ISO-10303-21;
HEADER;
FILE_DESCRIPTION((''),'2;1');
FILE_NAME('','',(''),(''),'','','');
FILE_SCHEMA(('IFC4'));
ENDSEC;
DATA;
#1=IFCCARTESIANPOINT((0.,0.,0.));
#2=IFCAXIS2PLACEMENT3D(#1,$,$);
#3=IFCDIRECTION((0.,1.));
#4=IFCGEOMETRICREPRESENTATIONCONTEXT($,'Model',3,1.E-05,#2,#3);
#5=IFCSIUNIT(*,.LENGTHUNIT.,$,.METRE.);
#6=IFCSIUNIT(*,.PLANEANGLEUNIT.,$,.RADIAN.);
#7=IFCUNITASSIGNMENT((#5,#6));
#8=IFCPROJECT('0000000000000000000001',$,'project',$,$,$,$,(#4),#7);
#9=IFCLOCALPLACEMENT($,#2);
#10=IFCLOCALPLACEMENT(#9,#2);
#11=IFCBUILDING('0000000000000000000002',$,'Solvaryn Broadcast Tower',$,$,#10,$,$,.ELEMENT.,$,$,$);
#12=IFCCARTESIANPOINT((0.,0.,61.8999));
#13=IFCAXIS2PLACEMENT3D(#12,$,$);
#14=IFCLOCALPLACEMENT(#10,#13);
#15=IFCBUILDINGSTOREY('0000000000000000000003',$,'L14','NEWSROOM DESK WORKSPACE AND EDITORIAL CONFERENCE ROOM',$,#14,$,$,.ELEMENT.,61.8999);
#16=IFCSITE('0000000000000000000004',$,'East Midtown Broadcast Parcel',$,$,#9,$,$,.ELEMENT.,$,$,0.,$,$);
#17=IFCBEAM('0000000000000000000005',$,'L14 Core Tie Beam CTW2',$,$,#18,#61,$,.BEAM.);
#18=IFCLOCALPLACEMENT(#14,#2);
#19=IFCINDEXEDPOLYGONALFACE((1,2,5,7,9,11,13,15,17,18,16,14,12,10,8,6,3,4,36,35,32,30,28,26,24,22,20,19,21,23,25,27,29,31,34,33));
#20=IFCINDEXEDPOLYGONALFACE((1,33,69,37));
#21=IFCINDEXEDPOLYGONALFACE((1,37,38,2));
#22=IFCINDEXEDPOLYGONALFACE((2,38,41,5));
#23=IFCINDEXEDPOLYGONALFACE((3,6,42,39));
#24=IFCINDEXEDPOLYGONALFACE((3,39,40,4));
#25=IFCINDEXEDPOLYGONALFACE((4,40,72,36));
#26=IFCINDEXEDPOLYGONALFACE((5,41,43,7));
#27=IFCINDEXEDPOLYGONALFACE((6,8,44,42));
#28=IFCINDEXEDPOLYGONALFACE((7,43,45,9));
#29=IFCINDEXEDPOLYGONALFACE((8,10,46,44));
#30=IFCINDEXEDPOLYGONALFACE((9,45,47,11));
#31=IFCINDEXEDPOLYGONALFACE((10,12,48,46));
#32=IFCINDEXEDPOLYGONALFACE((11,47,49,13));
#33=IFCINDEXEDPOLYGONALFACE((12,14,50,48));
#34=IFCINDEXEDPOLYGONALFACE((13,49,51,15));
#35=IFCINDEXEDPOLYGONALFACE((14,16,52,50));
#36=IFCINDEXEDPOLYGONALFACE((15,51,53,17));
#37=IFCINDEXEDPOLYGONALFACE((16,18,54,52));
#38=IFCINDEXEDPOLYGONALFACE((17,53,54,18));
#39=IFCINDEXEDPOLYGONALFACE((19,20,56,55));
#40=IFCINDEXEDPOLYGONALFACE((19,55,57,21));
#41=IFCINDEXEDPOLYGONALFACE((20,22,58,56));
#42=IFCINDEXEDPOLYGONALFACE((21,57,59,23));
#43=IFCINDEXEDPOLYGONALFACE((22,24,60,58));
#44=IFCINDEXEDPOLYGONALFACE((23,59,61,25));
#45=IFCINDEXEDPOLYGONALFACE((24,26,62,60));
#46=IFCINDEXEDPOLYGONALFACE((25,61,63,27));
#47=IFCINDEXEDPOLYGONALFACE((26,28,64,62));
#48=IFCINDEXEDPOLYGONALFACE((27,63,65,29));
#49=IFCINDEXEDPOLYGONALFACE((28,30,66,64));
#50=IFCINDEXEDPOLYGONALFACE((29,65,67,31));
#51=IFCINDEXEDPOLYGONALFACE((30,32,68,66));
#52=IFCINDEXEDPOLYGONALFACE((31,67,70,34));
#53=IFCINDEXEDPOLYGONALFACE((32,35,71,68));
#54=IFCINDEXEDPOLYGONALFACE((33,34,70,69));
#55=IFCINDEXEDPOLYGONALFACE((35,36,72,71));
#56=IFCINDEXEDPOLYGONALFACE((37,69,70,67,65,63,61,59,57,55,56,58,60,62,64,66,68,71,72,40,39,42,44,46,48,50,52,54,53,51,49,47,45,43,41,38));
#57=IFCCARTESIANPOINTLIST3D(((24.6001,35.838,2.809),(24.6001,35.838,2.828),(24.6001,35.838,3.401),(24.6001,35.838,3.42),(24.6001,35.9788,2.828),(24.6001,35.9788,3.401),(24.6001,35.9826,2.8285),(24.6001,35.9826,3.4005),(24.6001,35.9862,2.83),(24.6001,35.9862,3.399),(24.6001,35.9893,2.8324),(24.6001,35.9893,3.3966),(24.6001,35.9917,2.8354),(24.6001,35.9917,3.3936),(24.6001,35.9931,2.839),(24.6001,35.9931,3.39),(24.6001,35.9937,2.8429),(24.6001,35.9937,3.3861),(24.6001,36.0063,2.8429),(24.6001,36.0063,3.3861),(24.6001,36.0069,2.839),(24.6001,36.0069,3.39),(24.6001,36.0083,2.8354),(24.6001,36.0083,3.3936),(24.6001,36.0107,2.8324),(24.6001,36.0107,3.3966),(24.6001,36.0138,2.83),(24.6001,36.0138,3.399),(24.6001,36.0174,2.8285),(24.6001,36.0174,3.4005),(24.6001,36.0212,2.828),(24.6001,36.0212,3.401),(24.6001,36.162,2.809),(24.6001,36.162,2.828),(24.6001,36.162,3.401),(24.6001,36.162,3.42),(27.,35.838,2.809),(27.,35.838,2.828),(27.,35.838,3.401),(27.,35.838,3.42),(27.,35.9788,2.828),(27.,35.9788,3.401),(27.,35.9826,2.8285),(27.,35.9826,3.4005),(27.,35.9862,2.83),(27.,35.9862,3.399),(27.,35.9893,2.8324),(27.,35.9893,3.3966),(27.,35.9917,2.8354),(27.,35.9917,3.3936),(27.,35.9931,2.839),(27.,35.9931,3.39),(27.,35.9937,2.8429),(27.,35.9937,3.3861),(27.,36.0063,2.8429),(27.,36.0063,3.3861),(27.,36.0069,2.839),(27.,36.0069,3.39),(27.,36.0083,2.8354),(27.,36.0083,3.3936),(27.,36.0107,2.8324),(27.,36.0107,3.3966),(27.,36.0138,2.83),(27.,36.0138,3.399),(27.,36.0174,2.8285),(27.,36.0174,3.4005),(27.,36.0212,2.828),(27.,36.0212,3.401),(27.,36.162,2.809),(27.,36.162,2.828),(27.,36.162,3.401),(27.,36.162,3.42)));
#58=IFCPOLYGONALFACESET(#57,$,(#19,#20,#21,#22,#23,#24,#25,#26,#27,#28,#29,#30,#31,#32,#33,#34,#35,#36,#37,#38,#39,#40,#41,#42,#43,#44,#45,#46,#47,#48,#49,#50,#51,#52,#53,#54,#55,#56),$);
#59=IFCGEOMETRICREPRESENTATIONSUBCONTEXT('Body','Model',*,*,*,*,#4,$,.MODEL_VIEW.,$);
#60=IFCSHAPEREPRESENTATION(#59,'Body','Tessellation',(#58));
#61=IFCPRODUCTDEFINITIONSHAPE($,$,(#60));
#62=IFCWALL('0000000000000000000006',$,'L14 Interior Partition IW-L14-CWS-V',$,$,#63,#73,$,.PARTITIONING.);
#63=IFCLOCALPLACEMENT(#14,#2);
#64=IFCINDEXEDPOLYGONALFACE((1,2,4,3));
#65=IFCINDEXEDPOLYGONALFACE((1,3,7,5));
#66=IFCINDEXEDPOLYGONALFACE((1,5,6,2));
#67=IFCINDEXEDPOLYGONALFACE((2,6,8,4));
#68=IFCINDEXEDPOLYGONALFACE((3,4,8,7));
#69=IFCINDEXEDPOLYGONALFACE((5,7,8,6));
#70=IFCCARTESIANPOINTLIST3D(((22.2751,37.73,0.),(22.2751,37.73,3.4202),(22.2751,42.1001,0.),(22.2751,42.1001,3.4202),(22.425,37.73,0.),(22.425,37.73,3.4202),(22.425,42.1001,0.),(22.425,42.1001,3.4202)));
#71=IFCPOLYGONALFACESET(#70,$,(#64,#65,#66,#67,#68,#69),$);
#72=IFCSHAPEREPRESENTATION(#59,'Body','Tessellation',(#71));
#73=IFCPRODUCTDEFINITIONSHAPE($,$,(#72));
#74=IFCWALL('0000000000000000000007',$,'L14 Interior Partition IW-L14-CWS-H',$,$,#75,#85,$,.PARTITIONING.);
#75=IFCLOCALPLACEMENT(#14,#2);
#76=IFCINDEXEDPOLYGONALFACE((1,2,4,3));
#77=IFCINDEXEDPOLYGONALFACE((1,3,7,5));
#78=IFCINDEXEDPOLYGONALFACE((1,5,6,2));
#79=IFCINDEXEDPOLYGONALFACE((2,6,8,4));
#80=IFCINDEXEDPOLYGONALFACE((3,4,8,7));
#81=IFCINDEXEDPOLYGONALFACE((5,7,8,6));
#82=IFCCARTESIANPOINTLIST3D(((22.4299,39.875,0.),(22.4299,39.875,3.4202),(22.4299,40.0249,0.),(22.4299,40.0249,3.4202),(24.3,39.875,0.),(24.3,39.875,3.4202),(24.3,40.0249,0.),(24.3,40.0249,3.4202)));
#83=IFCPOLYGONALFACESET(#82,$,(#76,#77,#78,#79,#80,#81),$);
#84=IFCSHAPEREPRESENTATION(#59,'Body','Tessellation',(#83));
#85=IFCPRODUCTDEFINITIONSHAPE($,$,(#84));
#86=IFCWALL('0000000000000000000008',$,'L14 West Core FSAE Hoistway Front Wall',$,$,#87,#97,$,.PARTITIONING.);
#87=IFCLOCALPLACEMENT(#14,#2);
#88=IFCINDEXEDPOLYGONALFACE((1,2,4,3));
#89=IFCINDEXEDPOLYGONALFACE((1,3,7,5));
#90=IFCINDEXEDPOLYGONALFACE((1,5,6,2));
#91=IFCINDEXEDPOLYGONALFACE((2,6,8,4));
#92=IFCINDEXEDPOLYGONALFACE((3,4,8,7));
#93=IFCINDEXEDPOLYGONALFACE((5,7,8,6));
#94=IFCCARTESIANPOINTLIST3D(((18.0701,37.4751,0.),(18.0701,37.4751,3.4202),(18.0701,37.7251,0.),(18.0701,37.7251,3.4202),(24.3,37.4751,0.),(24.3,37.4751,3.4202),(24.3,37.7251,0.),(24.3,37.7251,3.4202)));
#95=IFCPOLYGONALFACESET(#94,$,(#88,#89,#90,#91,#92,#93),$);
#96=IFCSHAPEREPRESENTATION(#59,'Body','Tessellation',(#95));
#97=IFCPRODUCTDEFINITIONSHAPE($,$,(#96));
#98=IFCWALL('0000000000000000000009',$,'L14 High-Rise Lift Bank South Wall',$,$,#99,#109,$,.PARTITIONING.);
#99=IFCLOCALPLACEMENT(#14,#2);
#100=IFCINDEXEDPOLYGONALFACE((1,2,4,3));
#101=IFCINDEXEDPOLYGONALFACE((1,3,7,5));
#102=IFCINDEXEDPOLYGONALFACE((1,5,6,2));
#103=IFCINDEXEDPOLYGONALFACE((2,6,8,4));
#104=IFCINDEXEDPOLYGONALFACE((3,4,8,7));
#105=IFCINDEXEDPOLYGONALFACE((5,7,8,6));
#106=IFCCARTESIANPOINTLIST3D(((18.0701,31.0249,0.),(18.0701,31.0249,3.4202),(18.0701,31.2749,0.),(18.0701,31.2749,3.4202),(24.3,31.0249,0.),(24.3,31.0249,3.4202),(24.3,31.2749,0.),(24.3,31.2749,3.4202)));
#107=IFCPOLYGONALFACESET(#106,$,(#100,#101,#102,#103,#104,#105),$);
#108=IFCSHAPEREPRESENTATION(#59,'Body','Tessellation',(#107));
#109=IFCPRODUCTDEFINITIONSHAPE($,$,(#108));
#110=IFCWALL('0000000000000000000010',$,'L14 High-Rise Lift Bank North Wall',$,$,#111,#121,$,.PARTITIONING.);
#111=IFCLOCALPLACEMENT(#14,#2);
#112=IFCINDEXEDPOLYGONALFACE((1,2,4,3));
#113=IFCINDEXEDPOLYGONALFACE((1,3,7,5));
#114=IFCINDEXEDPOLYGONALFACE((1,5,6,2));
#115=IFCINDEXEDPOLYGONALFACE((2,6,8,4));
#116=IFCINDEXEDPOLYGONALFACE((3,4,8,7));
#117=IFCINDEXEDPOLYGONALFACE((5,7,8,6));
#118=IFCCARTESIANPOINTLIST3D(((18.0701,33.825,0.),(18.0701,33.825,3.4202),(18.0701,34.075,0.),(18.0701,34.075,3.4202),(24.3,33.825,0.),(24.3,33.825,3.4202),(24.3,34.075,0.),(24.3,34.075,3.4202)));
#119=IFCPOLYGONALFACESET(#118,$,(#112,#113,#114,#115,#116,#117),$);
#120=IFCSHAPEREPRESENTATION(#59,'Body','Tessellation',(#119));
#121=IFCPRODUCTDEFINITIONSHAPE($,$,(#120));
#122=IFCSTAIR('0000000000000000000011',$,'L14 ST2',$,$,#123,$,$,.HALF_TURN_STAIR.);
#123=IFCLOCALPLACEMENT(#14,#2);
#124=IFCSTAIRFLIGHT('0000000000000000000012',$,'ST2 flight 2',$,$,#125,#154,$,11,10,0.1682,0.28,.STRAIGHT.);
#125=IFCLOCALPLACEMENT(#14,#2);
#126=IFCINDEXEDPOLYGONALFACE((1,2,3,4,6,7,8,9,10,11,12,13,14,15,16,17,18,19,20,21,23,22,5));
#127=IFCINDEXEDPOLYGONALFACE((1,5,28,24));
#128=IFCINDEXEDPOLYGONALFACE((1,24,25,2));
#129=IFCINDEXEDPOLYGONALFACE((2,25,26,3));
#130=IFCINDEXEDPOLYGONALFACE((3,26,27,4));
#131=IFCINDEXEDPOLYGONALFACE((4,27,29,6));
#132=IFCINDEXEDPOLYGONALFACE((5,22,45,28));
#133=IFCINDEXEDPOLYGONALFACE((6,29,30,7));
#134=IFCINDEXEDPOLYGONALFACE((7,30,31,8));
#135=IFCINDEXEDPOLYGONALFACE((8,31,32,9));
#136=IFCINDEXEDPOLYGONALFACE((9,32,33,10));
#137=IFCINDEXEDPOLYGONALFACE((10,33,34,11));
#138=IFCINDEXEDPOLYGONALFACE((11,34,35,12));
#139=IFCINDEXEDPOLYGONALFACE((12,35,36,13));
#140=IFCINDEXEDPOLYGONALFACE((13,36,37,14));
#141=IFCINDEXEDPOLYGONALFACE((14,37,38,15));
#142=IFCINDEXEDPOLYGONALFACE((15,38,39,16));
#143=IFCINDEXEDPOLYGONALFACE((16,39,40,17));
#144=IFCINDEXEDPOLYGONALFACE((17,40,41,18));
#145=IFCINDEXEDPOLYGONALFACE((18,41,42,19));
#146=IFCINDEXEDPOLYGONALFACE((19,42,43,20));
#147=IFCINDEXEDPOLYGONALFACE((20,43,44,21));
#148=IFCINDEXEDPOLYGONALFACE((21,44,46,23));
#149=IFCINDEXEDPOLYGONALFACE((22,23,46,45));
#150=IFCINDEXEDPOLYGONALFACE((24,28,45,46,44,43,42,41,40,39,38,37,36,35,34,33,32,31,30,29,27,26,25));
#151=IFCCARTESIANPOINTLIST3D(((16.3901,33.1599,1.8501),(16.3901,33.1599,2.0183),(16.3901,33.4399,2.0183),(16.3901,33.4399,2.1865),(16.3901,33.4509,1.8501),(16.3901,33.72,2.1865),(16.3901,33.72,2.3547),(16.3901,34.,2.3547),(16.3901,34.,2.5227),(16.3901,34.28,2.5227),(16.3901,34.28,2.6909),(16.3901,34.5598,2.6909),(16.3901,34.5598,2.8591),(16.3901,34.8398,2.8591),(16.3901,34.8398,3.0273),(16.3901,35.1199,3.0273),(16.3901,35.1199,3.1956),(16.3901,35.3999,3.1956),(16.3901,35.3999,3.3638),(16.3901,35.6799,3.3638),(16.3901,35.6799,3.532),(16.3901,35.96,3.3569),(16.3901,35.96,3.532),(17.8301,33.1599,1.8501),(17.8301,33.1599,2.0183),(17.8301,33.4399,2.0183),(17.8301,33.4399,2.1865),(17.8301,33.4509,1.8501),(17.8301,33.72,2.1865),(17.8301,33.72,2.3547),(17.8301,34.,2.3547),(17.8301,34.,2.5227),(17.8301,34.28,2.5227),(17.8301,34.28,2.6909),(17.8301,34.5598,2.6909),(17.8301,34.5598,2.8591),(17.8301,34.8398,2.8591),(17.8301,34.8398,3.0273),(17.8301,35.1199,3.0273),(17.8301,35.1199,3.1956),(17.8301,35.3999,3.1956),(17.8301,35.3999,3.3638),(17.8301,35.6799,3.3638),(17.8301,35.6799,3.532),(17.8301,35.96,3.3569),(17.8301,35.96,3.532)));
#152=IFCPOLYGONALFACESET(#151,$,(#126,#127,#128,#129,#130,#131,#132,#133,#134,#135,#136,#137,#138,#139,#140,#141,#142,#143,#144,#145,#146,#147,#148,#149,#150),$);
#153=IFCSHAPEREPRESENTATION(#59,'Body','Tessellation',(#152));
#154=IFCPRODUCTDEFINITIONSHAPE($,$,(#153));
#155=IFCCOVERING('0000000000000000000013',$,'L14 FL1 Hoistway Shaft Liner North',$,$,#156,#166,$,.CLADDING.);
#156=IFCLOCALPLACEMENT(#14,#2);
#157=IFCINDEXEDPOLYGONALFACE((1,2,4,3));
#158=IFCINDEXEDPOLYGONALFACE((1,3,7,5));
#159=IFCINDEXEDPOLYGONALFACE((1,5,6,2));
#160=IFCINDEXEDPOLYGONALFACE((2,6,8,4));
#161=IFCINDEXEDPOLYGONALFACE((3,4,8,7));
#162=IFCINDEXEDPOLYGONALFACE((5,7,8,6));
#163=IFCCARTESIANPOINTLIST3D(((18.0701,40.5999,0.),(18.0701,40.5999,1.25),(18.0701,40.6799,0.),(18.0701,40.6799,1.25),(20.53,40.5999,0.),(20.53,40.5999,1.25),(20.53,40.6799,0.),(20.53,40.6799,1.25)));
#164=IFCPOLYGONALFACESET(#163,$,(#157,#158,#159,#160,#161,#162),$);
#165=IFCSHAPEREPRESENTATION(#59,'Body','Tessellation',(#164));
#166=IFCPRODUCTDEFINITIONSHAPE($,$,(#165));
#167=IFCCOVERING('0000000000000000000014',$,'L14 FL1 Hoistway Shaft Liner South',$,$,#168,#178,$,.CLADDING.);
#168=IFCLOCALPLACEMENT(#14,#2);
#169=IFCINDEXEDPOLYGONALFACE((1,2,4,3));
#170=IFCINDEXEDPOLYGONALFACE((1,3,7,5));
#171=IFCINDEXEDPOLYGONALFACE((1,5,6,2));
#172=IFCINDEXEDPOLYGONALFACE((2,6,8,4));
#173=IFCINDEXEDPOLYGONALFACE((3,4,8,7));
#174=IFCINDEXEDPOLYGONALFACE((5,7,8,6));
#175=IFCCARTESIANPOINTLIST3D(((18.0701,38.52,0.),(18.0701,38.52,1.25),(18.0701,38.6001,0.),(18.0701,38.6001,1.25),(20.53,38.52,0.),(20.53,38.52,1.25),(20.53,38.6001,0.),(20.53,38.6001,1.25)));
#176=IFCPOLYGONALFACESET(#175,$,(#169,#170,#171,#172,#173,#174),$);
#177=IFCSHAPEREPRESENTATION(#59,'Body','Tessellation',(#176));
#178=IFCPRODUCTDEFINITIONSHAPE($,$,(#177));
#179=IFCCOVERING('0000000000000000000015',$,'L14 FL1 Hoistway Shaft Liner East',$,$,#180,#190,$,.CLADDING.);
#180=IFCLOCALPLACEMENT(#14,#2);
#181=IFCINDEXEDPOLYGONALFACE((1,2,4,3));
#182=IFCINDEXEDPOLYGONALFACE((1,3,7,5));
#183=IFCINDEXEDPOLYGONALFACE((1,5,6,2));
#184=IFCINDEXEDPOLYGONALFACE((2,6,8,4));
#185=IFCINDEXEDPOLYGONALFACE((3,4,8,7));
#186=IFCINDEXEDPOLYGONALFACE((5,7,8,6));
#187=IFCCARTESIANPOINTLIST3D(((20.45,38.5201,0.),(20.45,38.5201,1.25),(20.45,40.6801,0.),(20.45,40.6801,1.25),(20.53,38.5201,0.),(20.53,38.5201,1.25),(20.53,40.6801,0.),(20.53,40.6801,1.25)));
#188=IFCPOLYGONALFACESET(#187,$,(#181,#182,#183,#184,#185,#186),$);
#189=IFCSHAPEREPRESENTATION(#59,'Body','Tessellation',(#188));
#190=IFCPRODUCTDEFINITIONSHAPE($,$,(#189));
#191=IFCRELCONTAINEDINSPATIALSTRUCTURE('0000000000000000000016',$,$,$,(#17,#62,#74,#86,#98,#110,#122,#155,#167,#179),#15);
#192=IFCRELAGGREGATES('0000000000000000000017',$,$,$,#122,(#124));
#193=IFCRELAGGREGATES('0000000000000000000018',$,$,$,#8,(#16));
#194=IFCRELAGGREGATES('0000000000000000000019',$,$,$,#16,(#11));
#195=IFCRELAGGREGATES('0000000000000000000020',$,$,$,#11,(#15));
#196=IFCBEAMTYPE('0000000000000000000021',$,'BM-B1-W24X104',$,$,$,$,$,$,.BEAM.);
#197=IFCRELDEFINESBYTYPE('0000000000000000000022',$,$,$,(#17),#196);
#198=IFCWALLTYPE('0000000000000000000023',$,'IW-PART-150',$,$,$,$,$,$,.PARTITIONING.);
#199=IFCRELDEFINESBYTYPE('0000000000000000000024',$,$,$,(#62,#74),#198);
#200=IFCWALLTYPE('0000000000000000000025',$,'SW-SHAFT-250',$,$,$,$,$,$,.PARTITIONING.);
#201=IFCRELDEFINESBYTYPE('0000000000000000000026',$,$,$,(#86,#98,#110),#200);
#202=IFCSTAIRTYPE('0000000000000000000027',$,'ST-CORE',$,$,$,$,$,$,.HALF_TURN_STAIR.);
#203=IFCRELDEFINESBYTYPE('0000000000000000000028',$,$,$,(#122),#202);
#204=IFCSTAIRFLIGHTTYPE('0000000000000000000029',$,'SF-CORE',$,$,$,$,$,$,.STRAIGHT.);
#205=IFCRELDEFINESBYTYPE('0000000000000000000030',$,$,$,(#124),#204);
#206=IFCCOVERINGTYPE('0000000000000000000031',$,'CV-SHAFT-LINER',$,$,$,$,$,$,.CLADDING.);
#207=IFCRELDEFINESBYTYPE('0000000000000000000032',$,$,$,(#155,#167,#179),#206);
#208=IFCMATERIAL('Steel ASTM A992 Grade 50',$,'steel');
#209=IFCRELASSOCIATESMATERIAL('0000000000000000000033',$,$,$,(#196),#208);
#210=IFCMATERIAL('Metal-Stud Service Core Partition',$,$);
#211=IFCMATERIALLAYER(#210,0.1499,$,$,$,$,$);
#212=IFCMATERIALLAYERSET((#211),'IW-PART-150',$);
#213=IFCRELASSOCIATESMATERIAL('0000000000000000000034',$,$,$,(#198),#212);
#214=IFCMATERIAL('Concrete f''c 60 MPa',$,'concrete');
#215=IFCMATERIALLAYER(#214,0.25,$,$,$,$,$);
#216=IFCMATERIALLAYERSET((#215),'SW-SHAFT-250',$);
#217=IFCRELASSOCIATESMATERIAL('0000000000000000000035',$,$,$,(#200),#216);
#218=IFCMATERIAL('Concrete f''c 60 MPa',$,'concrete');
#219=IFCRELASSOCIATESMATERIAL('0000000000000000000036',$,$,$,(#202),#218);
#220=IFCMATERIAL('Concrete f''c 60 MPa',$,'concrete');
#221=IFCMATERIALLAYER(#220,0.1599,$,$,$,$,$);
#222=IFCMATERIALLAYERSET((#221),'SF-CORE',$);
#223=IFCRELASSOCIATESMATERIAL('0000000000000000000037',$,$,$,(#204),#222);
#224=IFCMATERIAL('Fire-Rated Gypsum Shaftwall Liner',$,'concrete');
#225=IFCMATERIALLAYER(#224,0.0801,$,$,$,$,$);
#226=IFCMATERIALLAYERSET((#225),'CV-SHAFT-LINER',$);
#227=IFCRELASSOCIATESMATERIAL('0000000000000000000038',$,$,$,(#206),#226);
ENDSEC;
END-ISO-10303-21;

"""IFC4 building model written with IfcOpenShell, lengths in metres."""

from ifc_helpers import new_model, si_unit, direction, frame, frame_2d, origin, origin_2d, place, context, subcontext, project, spatial, polyline, rectangle, i_section, outline, extrude, material, layer, layer_set, material_profile, profile_set, type_object, element, aggregate, save


model = new_model("IFC4")

# Units and contexts
model_context = context("Model", 3, precision=1e-05, world=origin(), true_north=direction((0.0, 1.0)))
body_context = subcontext(model_context, "Body", "Model", "MODEL_VIEW")
ifc_project = project(units=[si_unit("LENGTHUNIT", "METRE"), si_unit("PLANEANGLEUNIT", "RADIAN")], contexts=[model_context])

# Site, building, storey
site_placement = place(None, origin())
site = spatial("IfcSite", under=ifc_project, at=site_placement, Name="East Midtown Broadcast Parcel", CompositionType="ELEMENT", RefElevation=0.0)
building_placement = place(site_placement, origin())
building = spatial("IfcBuilding", under=site, at=building_placement, Name="Solvaryn Broadcast Tower", CompositionType="ELEMENT")
storey_placement = place(building_placement, frame((0.0, 0.0, 61.8999)))
storey = spatial("IfcBuildingStorey", under=building, at=storey_placement, Name="L14", Description="NEWSROOM DESK WORKSPACE AND EDITORIAL CONFERENCE ROOM", CompositionType="ELEMENT", Elevation=61.8999)

# Beam
ifc_material_1 = material(Name="Steel ASTM A992 Grade 50", Category="steel")
ifc_material_profile = material_profile(ifc_material_1, i_section(OverallWidth=0.324, OverallDepth=0.6111, WebThickness=0.0127, FlangeThickness=0.019, FilletRadius=0.0149, at=origin_2d()))
ifc_profile_set = profile_set([ifc_material_profile], Name="Steel ASTM A992 Grade 50")
beam_type = type_object("IfcBeamType", Name="BM-B1-W24X104", PredefinedType="BEAM", material=ifc_profile_set)
beam_placement = place(storey_placement, frame((24.6001, 36.0, 3.1145), z_axis=(1.0, 0.0, 0.0), x_axis=(0.0, 1.0, 0.0)))
element("IfcBeam", 1, at=beam_placement, inside=storey, type_object=beam_type, Name="L14 Core Tie Beam CTW2", PredefinedType="BEAM", context=body_context, shape_type="SweptSolid", body=[
    extrude(i_section(OverallWidth=0.324, OverallDepth=0.6111, WebThickness=0.0127, FlangeThickness=0.019, FilletRadius=0.0149, at=origin_2d()), origin(), (0.0, 0.0, 1.0), 2.3999),
])

# Walls
ifc_material_2 = material(Name="Metal-Stud Service Core Partition")
ifc_layer_1 = layer(ifc_material_2, 0.1499)
ifc_layer_set_1 = layer_set([ifc_layer_1], Name="IW-PART-150")
wall_type_1 = type_object("IfcWallType", Name="IW-PART-150", PredefinedType="PARTITIONING", material=ifc_layer_set_1)
wall_1_placement = place(storey_placement, frame((22.3501, 37.73, 0.0), z_axis=(0.0, 0.0, 1.0), x_axis=(0.0, 1.0, 0.0)))
element("IfcWall", 2, at=wall_1_placement, inside=storey, type_object=wall_type_1, Name="L14 Interior Partition IW-L14-CWS-V", PredefinedType="PARTITIONING", context=body_context, shape_type="SweptSolid", body=[
    extrude(rectangle(XDim=4.3701, YDim=0.1499, at=frame_2d((2.1851, 0.0))), origin(), (0.0, 0.0, 1.0), 3.4202),
])
wall_2_placement = place(storey_placement, frame((22.4299, 39.95, 0.0), z_axis=(0.0, 0.0, 1.0), x_axis=(1.0, 0.0, 0.0)))
element("IfcWall", 3, at=wall_2_placement, inside=storey, type_object=wall_type_1, Name="L14 Interior Partition IW-L14-CWS-H", PredefinedType="PARTITIONING", context=body_context, shape_type="SweptSolid", body=[
    extrude(rectangle(XDim=1.8701, YDim=0.1499, at=frame_2d((0.9351, 0.0))), origin(), (0.0, 0.0, 1.0), 3.4202),
])
ifc_material_3 = material(Name="Concrete f'c 60 MPa", Category="concrete")
ifc_layer_2 = layer(ifc_material_3, 0.25)
ifc_layer_set_2 = layer_set([ifc_layer_2], Name="SW-SHAFT-250")
wall_type_2 = type_object("IfcWallType", Name="SW-SHAFT-250", PredefinedType="PARTITIONING", material=ifc_layer_set_2)
for number, where, z_axis, x_axis, name in (
    (4, (18.0701, 37.6001, 0.0), (0.0, 0.0, 1.0), (1.0, 0.0, 0.0), "L14 West Core FSAE Hoistway Front Wall"),
    (5, (18.0701, 31.1499, 0.0), (0.0, 0.0, 1.0), (1.0, 0.0, 0.0), "L14 High-Rise Lift Bank South Wall"),
    (6, (24.3, 33.95, 0.0), (0.0, 0.0, 1.0), (-1.0, 0.0, 0.0), "L14 High-Rise Lift Bank North Wall"),
):
    element("IfcWall", number, at=place(storey_placement, frame(where, z_axis=z_axis, x_axis=x_axis)), inside=storey, type_object=wall_type_2, Name=name, PredefinedType="PARTITIONING", context=body_context, shape_type="SweptSolid", body=[
        extrude(rectangle(XDim=6.23, YDim=0.25, at=frame_2d((3.115, 0.0))), origin(), (0.0, 0.0, 1.0), 3.4202),
    ])

# Stair, stair flight
ifc_material_4 = material(Name="Concrete f'c 60 MPa", Category="concrete")
stair_type = type_object("IfcStairType", Name="ST-CORE", PredefinedType="HALF_TURN_STAIR", material=ifc_material_4)
stair_placement = place(storey_placement, origin())
stair = element("IfcStair", 7, at=stair_placement, inside=storey, type_object=stair_type, Name="L14 ST2", PredefinedType="HALF_TURN_STAIR")
ifc_material_5 = material(Name="Concrete f'c 60 MPa", Category="concrete")
ifc_layer_3 = layer(ifc_material_5, 0.1599)
ifc_layer_set_3 = layer_set([ifc_layer_3], Name="SF-CORE")
stair_flight_type = type_object("IfcStairFlightType", Name="SF-CORE", PredefinedType="STRAIGHT", material=ifc_layer_set_3)
stair_flight_placement = place(storey_placement, frame((17.1101, 33.1599, 1.8501), z_axis=(0.0, 0.0, 1.0), x_axis=(0.0, 1.0, 0.0)))
stair_flight = element("IfcStairFlight", 8, at=stair_flight_placement, type_object=stair_flight_type, Name="ST2 flight 2", NumberOfRisers=11, NumberOfTreads=10, PredefinedType="STRAIGHT", RiserHeight=0.1682, TreadLength=0.28, context=body_context, shape_type="SweptSolid", body=[
    extrude(outline(polyline([(0.0, 0.0), (0.0, 0.1682), (0.28, 0.1682), (0.28, 0.3364), (0.5601, 0.3364), (0.5601, 0.5046), (0.8401, 0.5046), (0.8401, 0.6726), (1.1201, 0.6726), (1.1201, 0.8408), (1.3999, 0.8408), (1.3999, 1.009), (1.6799, 1.009), (1.6799, 1.1772), (1.96, 1.1772), (1.96, 1.3455), (2.24, 1.3455), (2.24, 1.5137), (2.52, 1.5137), (2.52, 1.6819), (2.8, 1.6819), (2.8, 1.8501), (2.8, 1.5068), (0.291, 0.0), (0.0, 0.0)])), frame((0.0, 0.72, 0.0), z_axis=(0.0, -1.0, 0.0), x_axis=(1.0, 0.0, 0.0)), (0.0, 0.0, 1.0), 1.4399),
])
aggregate(stair, [stair_flight])

# Coverings
ifc_material_6 = material(Name="Fire-Rated Gypsum Shaftwall Liner", Category="concrete")
ifc_layer_4 = layer(ifc_material_6, 0.0801)
ifc_layer_set_4 = layer_set([ifc_layer_4], Name="CV-SHAFT-LINER")
covering_type = type_object("IfcCoveringType", Name="CV-SHAFT-LINER", PredefinedType="CLADDING", material=ifc_layer_set_4)
for number, where, z_axis, x_axis, name in (
    (9, (19.3, 40.6399, 0.0), (0.0, 0.0, 1.0), (1.0, 0.0, 0.0), "L14 FL1 Hoistway Shaft Liner North"),
    (10, (19.3, 38.5601, 0.0), (0.0, 0.0, 1.0), (1.0, 0.0, 0.0), "L14 FL1 Hoistway Shaft Liner South"),
):
    element("IfcCovering", number, at=place(storey_placement, frame(where, z_axis=z_axis, x_axis=x_axis)), inside=storey, type_object=covering_type, Name=name, PredefinedType="CLADDING", context=body_context, shape_type="SweptSolid", body=[
        extrude(rectangle(XDim=2.46, YDim=0.0801, at=origin_2d()), origin(), (0.0, 0.0, 1.0), 1.25),
    ])
covering_placement = place(storey_placement, frame((20.49, 39.6001, 0.0), z_axis=(0.0, 0.0, 1.0), x_axis=(1.0, 0.0, 0.0)))
element("IfcCovering", 11, at=covering_placement, inside=storey, type_object=covering_type, Name="L14 FL1 Hoistway Shaft Liner East", PredefinedType="CLADDING", context=body_context, shape_type="SweptSolid", body=[
    extrude(rectangle(XDim=0.0801, YDim=2.1599, at=origin_2d()), origin(), (0.0, 0.0, 1.0), 1.25),
])

save(model, "model.ifc")
